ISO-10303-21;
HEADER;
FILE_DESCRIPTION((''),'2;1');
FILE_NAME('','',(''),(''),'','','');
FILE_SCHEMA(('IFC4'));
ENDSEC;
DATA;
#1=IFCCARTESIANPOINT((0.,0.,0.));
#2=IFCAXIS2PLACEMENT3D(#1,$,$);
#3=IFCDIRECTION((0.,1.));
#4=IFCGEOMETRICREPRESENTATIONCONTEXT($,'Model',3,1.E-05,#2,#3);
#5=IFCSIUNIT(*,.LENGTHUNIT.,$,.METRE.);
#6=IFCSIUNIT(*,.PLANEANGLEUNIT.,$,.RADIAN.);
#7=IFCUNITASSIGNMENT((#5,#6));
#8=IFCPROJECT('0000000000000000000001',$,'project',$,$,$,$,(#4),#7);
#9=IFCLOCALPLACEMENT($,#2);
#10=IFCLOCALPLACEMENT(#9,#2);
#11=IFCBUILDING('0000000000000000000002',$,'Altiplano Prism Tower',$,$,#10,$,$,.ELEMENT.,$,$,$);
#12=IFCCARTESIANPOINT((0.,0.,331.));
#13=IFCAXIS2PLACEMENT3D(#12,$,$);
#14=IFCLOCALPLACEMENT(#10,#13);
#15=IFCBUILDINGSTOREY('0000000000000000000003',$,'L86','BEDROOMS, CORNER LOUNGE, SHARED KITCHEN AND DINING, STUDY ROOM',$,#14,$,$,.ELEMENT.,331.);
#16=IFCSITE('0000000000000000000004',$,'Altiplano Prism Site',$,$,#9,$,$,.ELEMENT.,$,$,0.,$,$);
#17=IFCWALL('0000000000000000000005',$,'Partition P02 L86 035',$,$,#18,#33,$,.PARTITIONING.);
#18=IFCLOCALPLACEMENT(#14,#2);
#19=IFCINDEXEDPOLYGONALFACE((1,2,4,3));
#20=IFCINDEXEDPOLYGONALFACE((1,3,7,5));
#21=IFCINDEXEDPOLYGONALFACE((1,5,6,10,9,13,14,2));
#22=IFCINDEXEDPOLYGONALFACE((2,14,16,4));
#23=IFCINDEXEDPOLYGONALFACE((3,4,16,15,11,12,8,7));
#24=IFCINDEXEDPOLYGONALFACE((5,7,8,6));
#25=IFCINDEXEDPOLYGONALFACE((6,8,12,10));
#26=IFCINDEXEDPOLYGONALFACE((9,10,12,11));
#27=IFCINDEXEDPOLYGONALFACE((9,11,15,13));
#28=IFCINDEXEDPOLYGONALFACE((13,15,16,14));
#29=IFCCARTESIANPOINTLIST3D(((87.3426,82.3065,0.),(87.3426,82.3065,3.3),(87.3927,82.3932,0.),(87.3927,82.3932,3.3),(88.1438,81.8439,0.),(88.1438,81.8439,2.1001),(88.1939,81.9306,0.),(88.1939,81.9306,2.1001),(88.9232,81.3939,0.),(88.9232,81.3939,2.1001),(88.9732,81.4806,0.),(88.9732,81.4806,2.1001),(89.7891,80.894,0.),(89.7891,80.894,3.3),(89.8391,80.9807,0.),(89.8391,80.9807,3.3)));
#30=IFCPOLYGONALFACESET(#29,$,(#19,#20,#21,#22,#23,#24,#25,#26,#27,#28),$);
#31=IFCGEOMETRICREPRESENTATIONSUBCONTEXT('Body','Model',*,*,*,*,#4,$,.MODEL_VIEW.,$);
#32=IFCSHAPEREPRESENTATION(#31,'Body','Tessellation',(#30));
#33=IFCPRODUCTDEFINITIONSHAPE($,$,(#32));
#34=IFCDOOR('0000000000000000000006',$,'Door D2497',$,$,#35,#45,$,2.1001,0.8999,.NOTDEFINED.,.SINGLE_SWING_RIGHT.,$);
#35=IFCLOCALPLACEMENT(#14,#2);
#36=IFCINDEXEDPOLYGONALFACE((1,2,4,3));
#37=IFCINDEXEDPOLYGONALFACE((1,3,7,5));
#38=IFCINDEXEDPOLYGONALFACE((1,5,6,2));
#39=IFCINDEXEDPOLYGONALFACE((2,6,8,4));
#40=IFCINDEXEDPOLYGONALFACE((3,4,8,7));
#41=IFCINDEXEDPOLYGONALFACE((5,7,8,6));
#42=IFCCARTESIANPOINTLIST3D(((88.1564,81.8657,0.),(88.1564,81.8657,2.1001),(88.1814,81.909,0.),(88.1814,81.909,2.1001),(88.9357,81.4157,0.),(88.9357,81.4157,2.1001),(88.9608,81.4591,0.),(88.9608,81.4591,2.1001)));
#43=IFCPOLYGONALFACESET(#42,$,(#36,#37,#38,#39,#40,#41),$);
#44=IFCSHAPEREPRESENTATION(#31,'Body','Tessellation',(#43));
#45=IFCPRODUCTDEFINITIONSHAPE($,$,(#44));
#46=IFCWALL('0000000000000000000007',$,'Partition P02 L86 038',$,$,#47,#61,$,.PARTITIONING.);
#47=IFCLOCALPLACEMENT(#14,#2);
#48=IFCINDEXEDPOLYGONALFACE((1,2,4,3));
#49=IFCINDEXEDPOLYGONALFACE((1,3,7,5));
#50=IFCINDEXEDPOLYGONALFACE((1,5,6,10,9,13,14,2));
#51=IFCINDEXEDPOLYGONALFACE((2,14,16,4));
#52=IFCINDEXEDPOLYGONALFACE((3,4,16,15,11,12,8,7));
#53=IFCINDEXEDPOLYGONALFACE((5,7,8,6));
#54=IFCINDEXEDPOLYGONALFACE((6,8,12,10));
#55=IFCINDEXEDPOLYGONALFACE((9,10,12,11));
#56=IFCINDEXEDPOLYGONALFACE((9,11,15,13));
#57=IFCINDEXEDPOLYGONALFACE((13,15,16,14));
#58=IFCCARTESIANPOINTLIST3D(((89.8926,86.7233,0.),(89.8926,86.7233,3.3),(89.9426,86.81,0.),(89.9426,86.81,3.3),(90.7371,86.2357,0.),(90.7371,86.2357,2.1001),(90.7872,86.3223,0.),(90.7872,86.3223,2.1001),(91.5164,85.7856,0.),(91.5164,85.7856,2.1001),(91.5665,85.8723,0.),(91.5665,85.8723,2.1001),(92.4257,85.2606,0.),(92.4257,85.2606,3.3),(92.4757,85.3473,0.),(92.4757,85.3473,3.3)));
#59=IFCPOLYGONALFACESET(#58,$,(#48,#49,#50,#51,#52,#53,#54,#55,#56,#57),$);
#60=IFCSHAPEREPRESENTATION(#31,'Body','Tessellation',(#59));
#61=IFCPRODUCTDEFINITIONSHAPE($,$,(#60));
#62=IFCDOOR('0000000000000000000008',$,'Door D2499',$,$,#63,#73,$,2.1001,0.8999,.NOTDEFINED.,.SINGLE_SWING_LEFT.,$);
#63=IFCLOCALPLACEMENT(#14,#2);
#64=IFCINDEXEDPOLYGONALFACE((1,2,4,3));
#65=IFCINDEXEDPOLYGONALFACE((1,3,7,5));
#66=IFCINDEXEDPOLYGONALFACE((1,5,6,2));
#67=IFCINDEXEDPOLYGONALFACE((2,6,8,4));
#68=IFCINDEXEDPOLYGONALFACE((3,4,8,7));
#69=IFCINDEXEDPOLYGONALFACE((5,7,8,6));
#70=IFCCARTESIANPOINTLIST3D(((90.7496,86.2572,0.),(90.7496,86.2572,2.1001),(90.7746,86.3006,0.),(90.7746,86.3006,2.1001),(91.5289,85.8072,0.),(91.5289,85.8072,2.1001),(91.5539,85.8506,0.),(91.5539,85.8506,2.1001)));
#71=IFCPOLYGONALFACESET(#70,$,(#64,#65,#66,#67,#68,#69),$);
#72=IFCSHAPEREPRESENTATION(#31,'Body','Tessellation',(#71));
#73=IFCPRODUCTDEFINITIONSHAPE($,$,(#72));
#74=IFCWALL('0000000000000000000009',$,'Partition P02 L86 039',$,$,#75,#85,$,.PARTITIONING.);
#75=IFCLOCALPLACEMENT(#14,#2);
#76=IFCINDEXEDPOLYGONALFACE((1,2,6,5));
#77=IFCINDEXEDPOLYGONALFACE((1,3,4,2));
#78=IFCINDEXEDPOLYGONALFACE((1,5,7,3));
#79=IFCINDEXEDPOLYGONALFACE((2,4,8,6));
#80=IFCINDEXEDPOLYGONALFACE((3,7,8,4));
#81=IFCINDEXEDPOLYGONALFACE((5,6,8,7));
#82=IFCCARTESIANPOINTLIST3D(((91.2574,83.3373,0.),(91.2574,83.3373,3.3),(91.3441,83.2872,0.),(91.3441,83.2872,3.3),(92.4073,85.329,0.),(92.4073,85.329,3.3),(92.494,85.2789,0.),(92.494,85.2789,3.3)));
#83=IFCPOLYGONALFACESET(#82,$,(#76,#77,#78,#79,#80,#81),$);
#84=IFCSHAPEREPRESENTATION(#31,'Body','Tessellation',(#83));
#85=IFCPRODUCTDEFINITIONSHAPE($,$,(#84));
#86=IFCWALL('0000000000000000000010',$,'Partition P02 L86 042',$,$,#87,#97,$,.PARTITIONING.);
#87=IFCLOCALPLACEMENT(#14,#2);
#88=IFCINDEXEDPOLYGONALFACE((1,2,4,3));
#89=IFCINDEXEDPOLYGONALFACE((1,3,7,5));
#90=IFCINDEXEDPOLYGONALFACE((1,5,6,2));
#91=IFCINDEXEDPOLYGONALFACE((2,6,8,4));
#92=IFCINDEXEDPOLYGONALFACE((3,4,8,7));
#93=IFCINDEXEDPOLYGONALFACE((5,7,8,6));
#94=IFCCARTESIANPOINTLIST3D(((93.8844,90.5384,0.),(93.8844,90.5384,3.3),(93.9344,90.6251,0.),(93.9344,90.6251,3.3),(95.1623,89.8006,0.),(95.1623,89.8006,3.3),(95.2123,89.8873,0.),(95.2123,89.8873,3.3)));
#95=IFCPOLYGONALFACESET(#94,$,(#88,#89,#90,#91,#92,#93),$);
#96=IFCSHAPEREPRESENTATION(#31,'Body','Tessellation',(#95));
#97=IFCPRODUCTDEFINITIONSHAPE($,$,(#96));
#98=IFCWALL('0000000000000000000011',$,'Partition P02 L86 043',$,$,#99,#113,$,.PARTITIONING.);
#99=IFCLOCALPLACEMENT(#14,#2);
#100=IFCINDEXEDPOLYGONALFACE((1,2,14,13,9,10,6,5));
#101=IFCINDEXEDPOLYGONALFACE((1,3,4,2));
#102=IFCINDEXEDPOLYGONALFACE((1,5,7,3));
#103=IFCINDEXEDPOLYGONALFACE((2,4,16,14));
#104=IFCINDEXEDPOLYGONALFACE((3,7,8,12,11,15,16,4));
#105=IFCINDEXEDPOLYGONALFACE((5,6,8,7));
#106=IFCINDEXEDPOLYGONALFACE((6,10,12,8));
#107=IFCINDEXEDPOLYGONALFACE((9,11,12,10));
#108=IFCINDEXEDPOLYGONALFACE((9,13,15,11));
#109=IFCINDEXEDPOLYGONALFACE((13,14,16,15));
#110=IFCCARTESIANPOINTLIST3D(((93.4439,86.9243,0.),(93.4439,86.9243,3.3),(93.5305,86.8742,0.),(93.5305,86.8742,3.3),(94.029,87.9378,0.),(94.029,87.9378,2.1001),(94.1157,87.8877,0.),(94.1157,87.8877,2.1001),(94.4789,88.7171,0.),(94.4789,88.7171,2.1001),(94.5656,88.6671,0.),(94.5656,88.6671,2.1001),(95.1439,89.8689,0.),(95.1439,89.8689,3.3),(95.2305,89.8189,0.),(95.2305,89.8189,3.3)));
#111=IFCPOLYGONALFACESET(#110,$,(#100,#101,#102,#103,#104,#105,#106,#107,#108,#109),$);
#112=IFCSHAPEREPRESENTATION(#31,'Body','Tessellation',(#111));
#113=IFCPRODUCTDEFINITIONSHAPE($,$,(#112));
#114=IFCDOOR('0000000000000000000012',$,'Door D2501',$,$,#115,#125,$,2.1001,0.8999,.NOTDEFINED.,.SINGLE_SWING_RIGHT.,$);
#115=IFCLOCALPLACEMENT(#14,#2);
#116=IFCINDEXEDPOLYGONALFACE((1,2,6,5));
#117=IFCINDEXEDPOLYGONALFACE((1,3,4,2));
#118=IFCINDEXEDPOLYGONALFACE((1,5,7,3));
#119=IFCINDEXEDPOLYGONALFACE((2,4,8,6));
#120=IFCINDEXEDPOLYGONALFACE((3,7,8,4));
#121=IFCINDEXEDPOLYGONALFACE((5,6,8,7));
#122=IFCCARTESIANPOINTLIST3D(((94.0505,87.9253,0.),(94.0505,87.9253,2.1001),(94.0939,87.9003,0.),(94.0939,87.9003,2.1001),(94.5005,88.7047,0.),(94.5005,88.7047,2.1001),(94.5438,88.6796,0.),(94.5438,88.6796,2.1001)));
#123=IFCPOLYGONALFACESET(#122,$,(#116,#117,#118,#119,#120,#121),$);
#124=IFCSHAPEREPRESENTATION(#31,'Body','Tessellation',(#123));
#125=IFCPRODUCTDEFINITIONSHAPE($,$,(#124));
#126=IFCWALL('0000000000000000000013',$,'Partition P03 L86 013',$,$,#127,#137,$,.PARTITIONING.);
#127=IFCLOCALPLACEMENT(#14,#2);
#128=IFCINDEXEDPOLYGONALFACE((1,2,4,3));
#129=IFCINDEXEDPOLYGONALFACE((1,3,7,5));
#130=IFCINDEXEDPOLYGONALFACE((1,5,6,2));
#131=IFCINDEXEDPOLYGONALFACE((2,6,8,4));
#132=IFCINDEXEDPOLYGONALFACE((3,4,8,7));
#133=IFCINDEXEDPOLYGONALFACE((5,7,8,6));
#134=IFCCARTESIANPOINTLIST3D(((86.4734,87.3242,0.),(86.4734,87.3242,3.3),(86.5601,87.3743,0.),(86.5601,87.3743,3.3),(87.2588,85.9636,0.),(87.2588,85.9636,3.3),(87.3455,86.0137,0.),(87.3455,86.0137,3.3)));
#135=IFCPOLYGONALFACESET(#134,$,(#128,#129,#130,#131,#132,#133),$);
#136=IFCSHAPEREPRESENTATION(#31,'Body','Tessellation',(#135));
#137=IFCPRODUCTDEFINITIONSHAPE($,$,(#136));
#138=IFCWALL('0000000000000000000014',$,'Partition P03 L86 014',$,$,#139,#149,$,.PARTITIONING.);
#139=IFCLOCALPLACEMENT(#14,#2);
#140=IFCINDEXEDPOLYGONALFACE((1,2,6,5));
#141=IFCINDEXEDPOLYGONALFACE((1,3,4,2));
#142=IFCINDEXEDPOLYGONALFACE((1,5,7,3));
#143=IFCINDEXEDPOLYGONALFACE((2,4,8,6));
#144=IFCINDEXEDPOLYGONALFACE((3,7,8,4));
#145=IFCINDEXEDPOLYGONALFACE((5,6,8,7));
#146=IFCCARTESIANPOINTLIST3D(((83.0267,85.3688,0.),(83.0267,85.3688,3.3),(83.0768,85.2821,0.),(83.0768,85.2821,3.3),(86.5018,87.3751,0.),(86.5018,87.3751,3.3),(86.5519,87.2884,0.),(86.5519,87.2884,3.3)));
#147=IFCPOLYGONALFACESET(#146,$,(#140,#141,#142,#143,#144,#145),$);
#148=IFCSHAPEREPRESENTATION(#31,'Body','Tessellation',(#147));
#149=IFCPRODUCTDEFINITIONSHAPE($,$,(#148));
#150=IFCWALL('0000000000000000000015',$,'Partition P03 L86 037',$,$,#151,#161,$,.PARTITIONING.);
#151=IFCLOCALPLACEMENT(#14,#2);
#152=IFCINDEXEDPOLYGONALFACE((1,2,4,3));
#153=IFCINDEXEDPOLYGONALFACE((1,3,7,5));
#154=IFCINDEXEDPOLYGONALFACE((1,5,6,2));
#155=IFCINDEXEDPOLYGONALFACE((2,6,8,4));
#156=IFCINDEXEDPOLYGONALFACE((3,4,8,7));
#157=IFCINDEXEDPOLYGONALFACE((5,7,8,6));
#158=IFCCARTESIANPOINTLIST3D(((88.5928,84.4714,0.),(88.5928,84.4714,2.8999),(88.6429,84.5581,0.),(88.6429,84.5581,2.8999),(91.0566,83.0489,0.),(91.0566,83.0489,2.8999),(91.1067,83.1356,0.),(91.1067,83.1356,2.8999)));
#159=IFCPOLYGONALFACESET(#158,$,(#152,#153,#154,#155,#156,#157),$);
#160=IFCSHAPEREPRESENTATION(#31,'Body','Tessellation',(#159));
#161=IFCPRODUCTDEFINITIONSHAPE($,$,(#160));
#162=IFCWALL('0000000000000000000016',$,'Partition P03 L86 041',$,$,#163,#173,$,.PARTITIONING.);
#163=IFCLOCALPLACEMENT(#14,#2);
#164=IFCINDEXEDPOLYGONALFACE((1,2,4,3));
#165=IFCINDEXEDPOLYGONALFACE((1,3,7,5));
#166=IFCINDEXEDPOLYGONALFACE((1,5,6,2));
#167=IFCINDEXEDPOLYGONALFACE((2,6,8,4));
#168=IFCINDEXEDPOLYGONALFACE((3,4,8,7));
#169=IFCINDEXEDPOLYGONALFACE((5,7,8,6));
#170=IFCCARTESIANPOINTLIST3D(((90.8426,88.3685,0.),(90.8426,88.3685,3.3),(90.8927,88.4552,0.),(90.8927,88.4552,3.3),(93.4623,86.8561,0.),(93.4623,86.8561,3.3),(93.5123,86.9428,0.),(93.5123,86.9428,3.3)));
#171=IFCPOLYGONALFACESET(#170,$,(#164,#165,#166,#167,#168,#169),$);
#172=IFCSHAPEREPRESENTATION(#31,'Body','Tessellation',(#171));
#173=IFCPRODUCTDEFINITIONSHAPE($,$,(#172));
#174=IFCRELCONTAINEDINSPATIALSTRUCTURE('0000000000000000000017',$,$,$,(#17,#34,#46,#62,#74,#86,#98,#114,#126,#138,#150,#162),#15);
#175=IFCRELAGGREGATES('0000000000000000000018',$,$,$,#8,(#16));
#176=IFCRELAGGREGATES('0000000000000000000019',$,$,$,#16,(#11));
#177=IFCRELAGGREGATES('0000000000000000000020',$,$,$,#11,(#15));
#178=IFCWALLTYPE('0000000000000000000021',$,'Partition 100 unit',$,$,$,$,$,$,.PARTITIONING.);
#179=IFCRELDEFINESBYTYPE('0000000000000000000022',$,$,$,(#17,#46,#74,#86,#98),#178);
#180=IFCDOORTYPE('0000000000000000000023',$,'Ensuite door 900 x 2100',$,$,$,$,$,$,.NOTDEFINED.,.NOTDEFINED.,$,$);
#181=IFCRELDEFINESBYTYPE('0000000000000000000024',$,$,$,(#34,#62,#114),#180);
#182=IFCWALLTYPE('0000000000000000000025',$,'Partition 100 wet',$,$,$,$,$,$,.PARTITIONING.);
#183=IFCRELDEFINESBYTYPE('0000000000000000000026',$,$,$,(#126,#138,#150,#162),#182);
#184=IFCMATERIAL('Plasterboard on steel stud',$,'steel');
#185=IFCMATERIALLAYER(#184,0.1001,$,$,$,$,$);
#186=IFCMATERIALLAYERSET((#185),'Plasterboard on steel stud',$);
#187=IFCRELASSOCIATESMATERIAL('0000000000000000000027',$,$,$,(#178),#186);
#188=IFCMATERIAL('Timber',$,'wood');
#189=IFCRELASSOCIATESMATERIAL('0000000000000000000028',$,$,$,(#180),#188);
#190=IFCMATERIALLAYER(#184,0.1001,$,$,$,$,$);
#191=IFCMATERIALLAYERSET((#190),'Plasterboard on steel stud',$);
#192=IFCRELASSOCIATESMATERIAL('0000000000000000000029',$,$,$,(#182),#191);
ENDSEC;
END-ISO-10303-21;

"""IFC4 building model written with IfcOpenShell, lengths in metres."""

from ifc_helpers import new_model, si_unit, direction, frame, frame_2d, origin, place, context, subcontext, project, spatial, rectangle, extrude, material, layer, layer_set, type_object, element, fill, save


model = new_model("IFC4")

# Units and contexts
model_context = context("Model", 3, precision=1e-05, world=origin(), true_north=direction((0.0, 1.0)))
body_context = subcontext(model_context, "Body", "Model", "MODEL_VIEW")
ifc_project = project(units=[si_unit("LENGTHUNIT", "METRE"), si_unit("PLANEANGLEUNIT", "RADIAN")], contexts=[model_context])

# Site, building, storey
site_placement = place(None, origin())
site = spatial("IfcSite", under=ifc_project, at=site_placement, Name="Altiplano Prism Site", CompositionType="ELEMENT", RefElevation=0.0)
building_placement = place(site_placement, origin())
building = spatial("IfcBuilding", under=site, at=building_placement, Name="Altiplano Prism Tower", CompositionType="ELEMENT")
storey_placement = place(building_placement, frame((0.0, 0.0, 331.0)))
storey = spatial("IfcBuildingStorey", under=building, at=storey_placement, Name="L86", Description="BEDROOMS, CORNER LOUNGE, SHARED KITCHEN AND DINING, STUDY ROOM", CompositionType="ELEMENT", Elevation=331.0)

# Shared definitions
ifc_material_1 = material(Name="Plasterboard on steel stud", Category="steel")
ifc_layer_1 = layer(ifc_material_1, 0.1001)
ifc_layer_set_1 = layer_set([ifc_layer_1], Name="Plasterboard on steel stud")
wall_type_1 = type_object("IfcWallType", Name="Partition 100 unit", PredefinedType="PARTITIONING", material=ifc_layer_set_1)

# Walls, openings, doors
wall_1_placement = place(storey_placement, frame((89.8142, 80.9373, 0.0), z_axis=(0.0, 0.0, 1.0), x_axis=(-0.866011, 0.500024, 0.0)))
wall_1 = element("IfcWall", 1, at=wall_1_placement, inside=storey, type_object=wall_type_1, Name="Partition P02 L86 035", PredefinedType="PARTITIONING", context=body_context, shape_type="SweptSolid", body=[
    extrude(rectangle(XDim=2.825, YDim=0.1001, at=frame_2d((1.4126, 0.0))), origin(), (0.0, 0.0, 1.0), 3.3),
])
opening_1_placement = place(wall_1_placement, frame((1.0, 0.0, 0.0)))
opening_1 = element("IfcOpeningElement", 2, at=opening_1_placement, cuts=wall_1, PredefinedType="OPENING", context=body_context, shape_type="SweptSolid", body=[
    extrude(rectangle(XDim=0.8999, YDim=2.1001, at=frame_2d((0.45, 1.05))), frame((0.0, 0.0605, 0.0), z_axis=(0.0, -1.0, 0.0), x_axis=(1.0, 0.0, 0.0)), (0.0, 0.0, 1.0), 0.1211),
])
ifc_material_2 = material(Name="Timber", Category="wood")
door_type_1 = type_object("IfcDoorType", Name="Ensuite door 900 x 2100", OperationType="NOTDEFINED", PredefinedType="NOTDEFINED", material=ifc_material_2)
door_1_placement = place(opening_1_placement, origin())
door_1 = element("IfcDoor", 3, at=door_1_placement, inside=storey, type_object=door_type_1, Name="Door D2497", OperationType="SINGLE_SWING_RIGHT", OverallHeight=2.1001, OverallWidth=0.8999, PredefinedType="NOTDEFINED", context=body_context, shape_type="SweptSolid", body=[
    extrude(rectangle(XDim=0.8999, YDim=2.1001, at=frame_2d((0.45, 1.05))), frame((0.0, 0.0249, 0.0), z_axis=(0.0, -1.0, 0.0), x_axis=(1.0, 0.0, 0.0)), (0.0, 0.0, 1.0), 0.05),
])
fill(opening_1, door_1)
wall_2_placement = place(storey_placement, frame((89.9177, 86.7666, 0.0), z_axis=(0.0, 0.0, 1.0), x_axis=(0.86599, -0.500062, 0.0)))
wall_2 = element("IfcWall", 4, at=wall_2_placement, inside=storey, type_object=wall_type_1, Name="Partition P02 L86 038", PredefinedType="PARTITIONING", context=body_context, shape_type="SweptSolid", body=[
    extrude(rectangle(XDim=2.925, YDim=0.1001, at=frame_2d((1.4624, 0.0))), origin(), (0.0, 0.0, 1.0), 3.3),
])
opening_2_placement = place(wall_2_placement, frame((0.9751, 0.0, 0.0)))
opening_2 = element("IfcOpeningElement", 5, at=opening_2_placement, cuts=wall_2, PredefinedType="OPENING", context=body_context, shape_type="SweptSolid", body=[
    extrude(rectangle(XDim=0.8999, YDim=2.1001, at=frame_2d((0.45, 1.05))), frame((0.0, 0.0605, 0.0), z_axis=(0.0, -1.0, 0.0), x_axis=(1.0, 0.0, 0.0)), (0.0, 0.0, 1.0), 0.1211),
])
door_2_placement = place(opening_2_placement, origin())
door_2 = element("IfcDoor", 6, at=door_2_placement, inside=storey, type_object=door_type_1, Name="Door D2499", OperationType="SINGLE_SWING_LEFT", OverallHeight=2.1001, OverallWidth=0.8999, PredefinedType="NOTDEFINED", context=body_context, shape_type="SweptSolid", body=[
    extrude(rectangle(XDim=0.8999, YDim=2.1001, at=frame_2d((0.45, 1.05))), frame((0.0, 0.0249, 0.0), z_axis=(0.0, -1.0, 0.0), x_axis=(1.0, 0.0, 0.0)), (0.0, 0.0, 1.0), 0.05),
])
fill(opening_2, door_2)

# Walls
wall_3_placement = place(storey_placement, frame((92.4507, 85.304, 0.0), z_axis=(0.0, 0.0, 1.0), x_axis=(-0.499998, -0.866026, 0.0)))
element("IfcWall", 7, at=wall_3_placement, inside=storey, type_object=wall_type_1, Name="Partition P02 L86 039", PredefinedType="PARTITIONING", context=body_context, shape_type="SweptSolid", body=[
    extrude(rectangle(XDim=2.2998, YDim=0.1001, at=frame_2d((1.1499, 0.0))), origin(), (0.0, 0.0, 1.0), 3.3),
])
wall_4_placement = place(storey_placement, frame((93.9094, 90.5818, 0.0), z_axis=(0.0, 0.0, 1.0), x_axis=(0.866015, -0.500018, 0.0)))
element("IfcWall", 8, at=wall_4_placement, inside=storey, type_object=wall_type_1, Name="Partition P02 L86 042", PredefinedType="PARTITIONING", context=body_context, shape_type="SweptSolid", body=[
    extrude(rectangle(XDim=1.4756, YDim=0.1001, at=frame_2d((0.7378, 0.0))), origin(), (0.0, 0.0, 1.0), 3.3),
])

# Wall, opening, door
wall_5_placement = place(storey_placement, frame((95.1873, 89.844, 0.0), z_axis=(0.0, 0.0, 1.0), x_axis=(-0.499977, -0.866039, 0.0)))
wall_5 = element("IfcWall", 9, at=wall_5_placement, inside=storey, type_object=wall_type_1, Name="Partition P02 L86 043", PredefinedType="PARTITIONING", context=body_context, shape_type="SweptSolid", body=[
    extrude(rectangle(XDim=3.4001, YDim=0.1001, at=frame_2d((1.7002, 0.0))), origin(), (0.0, 0.0, 1.0), 3.3),
])
opening_3_placement = place(wall_5_placement, frame((1.3301, 0.0, 0.0)))
opening_3 = element("IfcOpeningElement", 10, at=opening_3_placement, cuts=wall_5, PredefinedType="OPENING", context=body_context, shape_type="SweptSolid", body=[
    extrude(rectangle(XDim=0.8999, YDim=2.1001, at=frame_2d((0.45, 1.05))), frame((0.0, 0.0605, 0.0), z_axis=(0.0, -1.0, 0.0), x_axis=(1.0, 0.0, 0.0)), (0.0, 0.0, 1.0), 0.1211),
])
door_3_placement = place(opening_3_placement, origin())
door_3 = element("IfcDoor", 11, at=door_3_placement, inside=storey, type_object=door_type_1, Name="Door D2501", OperationType="SINGLE_SWING_RIGHT", OverallHeight=2.1001, OverallWidth=0.8999, PredefinedType="NOTDEFINED", context=body_context, shape_type="SweptSolid", body=[
    extrude(rectangle(XDim=0.8999, YDim=2.1001, at=frame_2d((0.45, 1.05))), frame((0.0, 0.0249, 0.0), z_axis=(0.0, -1.0, 0.0), x_axis=(1.0, 0.0, 0.0)), (0.0, 0.0, 1.0), 0.05),
])
fill(opening_3, door_3)

# Walls
ifc_layer_2 = layer(ifc_material_1, 0.1001)
ifc_layer_set_2 = layer_set([ifc_layer_2], Name="Plasterboard on steel stud")
wall_type_2 = type_object("IfcWallType", Name="Partition 100 wet", PredefinedType="PARTITIONING", material=ifc_layer_set_2)
wall_6_placement = place(storey_placement, frame((87.3022, 85.9885, 0.0), z_axis=(0.0, 0.0, 1.0), x_axis=(-0.499933, 0.866064, 0.0)))
element("IfcWall", 12, at=wall_6_placement, inside=storey, type_object=wall_type_2, Name="Partition P03 L86 013", PredefinedType="PARTITIONING", context=body_context, shape_type="SweptSolid", body=[
    extrude(rectangle(XDim=1.571, YDim=0.1001, at=frame_2d((0.7856, 0.0))), origin(), (0.0, 0.0, 1.0), 3.3),
])
wall_7_placement = place(storey_placement, frame((86.5269, 87.3318, 0.0), z_axis=(0.0, 0.0, 1.0), x_axis=(-0.866026, -0.5, 0.0)))
element("IfcWall", 13, at=wall_7_placement, inside=storey, type_object=wall_type_2, Name="Partition P03 L86 014", PredefinedType="PARTITIONING", context=body_context, shape_type="SweptSolid", body=[
    extrude(rectangle(XDim=4.0127, YDim=0.1001, at=frame_2d((2.0063, 0.0))), origin(), (0.0, 0.0, 1.0), 3.3),
])
wall_8_placement = place(storey_placement, frame((91.0815, 83.0923, 0.0), z_axis=(0.0, 0.0, 1.0), x_axis=(-0.866011, 0.500025, 0.0)))
element("IfcWall", 14, at=wall_8_placement, inside=storey, type_object=wall_type_2, Name="Partition P03 L86 037", PredefinedType="PARTITIONING", context=body_context, shape_type="SweptSolid", body=[
    extrude(rectangle(XDim=2.845, YDim=0.1001, at=frame_2d((1.4224, 0.0))), origin(), (0.0, 0.0, 1.0), 2.8999),
])
wall_9_placement = place(storey_placement, frame((93.4873, 86.8994, 0.0), z_axis=(0.0, 0.0, 1.0), x_axis=(-0.866024, 0.500002, 0.0)))
element("IfcWall", 15, at=wall_9_placement, inside=storey, type_object=wall_type_2, Name="Partition P03 L86 041", PredefinedType="PARTITIONING", context=body_context, shape_type="SweptSolid", body=[
    extrude(rectangle(XDim=3.0249, YDim=0.1001, at=frame_2d((1.5125, 0.0))), origin(), (0.0, 0.0, 1.0), 3.3),
])

save(model, "model.ifc")
